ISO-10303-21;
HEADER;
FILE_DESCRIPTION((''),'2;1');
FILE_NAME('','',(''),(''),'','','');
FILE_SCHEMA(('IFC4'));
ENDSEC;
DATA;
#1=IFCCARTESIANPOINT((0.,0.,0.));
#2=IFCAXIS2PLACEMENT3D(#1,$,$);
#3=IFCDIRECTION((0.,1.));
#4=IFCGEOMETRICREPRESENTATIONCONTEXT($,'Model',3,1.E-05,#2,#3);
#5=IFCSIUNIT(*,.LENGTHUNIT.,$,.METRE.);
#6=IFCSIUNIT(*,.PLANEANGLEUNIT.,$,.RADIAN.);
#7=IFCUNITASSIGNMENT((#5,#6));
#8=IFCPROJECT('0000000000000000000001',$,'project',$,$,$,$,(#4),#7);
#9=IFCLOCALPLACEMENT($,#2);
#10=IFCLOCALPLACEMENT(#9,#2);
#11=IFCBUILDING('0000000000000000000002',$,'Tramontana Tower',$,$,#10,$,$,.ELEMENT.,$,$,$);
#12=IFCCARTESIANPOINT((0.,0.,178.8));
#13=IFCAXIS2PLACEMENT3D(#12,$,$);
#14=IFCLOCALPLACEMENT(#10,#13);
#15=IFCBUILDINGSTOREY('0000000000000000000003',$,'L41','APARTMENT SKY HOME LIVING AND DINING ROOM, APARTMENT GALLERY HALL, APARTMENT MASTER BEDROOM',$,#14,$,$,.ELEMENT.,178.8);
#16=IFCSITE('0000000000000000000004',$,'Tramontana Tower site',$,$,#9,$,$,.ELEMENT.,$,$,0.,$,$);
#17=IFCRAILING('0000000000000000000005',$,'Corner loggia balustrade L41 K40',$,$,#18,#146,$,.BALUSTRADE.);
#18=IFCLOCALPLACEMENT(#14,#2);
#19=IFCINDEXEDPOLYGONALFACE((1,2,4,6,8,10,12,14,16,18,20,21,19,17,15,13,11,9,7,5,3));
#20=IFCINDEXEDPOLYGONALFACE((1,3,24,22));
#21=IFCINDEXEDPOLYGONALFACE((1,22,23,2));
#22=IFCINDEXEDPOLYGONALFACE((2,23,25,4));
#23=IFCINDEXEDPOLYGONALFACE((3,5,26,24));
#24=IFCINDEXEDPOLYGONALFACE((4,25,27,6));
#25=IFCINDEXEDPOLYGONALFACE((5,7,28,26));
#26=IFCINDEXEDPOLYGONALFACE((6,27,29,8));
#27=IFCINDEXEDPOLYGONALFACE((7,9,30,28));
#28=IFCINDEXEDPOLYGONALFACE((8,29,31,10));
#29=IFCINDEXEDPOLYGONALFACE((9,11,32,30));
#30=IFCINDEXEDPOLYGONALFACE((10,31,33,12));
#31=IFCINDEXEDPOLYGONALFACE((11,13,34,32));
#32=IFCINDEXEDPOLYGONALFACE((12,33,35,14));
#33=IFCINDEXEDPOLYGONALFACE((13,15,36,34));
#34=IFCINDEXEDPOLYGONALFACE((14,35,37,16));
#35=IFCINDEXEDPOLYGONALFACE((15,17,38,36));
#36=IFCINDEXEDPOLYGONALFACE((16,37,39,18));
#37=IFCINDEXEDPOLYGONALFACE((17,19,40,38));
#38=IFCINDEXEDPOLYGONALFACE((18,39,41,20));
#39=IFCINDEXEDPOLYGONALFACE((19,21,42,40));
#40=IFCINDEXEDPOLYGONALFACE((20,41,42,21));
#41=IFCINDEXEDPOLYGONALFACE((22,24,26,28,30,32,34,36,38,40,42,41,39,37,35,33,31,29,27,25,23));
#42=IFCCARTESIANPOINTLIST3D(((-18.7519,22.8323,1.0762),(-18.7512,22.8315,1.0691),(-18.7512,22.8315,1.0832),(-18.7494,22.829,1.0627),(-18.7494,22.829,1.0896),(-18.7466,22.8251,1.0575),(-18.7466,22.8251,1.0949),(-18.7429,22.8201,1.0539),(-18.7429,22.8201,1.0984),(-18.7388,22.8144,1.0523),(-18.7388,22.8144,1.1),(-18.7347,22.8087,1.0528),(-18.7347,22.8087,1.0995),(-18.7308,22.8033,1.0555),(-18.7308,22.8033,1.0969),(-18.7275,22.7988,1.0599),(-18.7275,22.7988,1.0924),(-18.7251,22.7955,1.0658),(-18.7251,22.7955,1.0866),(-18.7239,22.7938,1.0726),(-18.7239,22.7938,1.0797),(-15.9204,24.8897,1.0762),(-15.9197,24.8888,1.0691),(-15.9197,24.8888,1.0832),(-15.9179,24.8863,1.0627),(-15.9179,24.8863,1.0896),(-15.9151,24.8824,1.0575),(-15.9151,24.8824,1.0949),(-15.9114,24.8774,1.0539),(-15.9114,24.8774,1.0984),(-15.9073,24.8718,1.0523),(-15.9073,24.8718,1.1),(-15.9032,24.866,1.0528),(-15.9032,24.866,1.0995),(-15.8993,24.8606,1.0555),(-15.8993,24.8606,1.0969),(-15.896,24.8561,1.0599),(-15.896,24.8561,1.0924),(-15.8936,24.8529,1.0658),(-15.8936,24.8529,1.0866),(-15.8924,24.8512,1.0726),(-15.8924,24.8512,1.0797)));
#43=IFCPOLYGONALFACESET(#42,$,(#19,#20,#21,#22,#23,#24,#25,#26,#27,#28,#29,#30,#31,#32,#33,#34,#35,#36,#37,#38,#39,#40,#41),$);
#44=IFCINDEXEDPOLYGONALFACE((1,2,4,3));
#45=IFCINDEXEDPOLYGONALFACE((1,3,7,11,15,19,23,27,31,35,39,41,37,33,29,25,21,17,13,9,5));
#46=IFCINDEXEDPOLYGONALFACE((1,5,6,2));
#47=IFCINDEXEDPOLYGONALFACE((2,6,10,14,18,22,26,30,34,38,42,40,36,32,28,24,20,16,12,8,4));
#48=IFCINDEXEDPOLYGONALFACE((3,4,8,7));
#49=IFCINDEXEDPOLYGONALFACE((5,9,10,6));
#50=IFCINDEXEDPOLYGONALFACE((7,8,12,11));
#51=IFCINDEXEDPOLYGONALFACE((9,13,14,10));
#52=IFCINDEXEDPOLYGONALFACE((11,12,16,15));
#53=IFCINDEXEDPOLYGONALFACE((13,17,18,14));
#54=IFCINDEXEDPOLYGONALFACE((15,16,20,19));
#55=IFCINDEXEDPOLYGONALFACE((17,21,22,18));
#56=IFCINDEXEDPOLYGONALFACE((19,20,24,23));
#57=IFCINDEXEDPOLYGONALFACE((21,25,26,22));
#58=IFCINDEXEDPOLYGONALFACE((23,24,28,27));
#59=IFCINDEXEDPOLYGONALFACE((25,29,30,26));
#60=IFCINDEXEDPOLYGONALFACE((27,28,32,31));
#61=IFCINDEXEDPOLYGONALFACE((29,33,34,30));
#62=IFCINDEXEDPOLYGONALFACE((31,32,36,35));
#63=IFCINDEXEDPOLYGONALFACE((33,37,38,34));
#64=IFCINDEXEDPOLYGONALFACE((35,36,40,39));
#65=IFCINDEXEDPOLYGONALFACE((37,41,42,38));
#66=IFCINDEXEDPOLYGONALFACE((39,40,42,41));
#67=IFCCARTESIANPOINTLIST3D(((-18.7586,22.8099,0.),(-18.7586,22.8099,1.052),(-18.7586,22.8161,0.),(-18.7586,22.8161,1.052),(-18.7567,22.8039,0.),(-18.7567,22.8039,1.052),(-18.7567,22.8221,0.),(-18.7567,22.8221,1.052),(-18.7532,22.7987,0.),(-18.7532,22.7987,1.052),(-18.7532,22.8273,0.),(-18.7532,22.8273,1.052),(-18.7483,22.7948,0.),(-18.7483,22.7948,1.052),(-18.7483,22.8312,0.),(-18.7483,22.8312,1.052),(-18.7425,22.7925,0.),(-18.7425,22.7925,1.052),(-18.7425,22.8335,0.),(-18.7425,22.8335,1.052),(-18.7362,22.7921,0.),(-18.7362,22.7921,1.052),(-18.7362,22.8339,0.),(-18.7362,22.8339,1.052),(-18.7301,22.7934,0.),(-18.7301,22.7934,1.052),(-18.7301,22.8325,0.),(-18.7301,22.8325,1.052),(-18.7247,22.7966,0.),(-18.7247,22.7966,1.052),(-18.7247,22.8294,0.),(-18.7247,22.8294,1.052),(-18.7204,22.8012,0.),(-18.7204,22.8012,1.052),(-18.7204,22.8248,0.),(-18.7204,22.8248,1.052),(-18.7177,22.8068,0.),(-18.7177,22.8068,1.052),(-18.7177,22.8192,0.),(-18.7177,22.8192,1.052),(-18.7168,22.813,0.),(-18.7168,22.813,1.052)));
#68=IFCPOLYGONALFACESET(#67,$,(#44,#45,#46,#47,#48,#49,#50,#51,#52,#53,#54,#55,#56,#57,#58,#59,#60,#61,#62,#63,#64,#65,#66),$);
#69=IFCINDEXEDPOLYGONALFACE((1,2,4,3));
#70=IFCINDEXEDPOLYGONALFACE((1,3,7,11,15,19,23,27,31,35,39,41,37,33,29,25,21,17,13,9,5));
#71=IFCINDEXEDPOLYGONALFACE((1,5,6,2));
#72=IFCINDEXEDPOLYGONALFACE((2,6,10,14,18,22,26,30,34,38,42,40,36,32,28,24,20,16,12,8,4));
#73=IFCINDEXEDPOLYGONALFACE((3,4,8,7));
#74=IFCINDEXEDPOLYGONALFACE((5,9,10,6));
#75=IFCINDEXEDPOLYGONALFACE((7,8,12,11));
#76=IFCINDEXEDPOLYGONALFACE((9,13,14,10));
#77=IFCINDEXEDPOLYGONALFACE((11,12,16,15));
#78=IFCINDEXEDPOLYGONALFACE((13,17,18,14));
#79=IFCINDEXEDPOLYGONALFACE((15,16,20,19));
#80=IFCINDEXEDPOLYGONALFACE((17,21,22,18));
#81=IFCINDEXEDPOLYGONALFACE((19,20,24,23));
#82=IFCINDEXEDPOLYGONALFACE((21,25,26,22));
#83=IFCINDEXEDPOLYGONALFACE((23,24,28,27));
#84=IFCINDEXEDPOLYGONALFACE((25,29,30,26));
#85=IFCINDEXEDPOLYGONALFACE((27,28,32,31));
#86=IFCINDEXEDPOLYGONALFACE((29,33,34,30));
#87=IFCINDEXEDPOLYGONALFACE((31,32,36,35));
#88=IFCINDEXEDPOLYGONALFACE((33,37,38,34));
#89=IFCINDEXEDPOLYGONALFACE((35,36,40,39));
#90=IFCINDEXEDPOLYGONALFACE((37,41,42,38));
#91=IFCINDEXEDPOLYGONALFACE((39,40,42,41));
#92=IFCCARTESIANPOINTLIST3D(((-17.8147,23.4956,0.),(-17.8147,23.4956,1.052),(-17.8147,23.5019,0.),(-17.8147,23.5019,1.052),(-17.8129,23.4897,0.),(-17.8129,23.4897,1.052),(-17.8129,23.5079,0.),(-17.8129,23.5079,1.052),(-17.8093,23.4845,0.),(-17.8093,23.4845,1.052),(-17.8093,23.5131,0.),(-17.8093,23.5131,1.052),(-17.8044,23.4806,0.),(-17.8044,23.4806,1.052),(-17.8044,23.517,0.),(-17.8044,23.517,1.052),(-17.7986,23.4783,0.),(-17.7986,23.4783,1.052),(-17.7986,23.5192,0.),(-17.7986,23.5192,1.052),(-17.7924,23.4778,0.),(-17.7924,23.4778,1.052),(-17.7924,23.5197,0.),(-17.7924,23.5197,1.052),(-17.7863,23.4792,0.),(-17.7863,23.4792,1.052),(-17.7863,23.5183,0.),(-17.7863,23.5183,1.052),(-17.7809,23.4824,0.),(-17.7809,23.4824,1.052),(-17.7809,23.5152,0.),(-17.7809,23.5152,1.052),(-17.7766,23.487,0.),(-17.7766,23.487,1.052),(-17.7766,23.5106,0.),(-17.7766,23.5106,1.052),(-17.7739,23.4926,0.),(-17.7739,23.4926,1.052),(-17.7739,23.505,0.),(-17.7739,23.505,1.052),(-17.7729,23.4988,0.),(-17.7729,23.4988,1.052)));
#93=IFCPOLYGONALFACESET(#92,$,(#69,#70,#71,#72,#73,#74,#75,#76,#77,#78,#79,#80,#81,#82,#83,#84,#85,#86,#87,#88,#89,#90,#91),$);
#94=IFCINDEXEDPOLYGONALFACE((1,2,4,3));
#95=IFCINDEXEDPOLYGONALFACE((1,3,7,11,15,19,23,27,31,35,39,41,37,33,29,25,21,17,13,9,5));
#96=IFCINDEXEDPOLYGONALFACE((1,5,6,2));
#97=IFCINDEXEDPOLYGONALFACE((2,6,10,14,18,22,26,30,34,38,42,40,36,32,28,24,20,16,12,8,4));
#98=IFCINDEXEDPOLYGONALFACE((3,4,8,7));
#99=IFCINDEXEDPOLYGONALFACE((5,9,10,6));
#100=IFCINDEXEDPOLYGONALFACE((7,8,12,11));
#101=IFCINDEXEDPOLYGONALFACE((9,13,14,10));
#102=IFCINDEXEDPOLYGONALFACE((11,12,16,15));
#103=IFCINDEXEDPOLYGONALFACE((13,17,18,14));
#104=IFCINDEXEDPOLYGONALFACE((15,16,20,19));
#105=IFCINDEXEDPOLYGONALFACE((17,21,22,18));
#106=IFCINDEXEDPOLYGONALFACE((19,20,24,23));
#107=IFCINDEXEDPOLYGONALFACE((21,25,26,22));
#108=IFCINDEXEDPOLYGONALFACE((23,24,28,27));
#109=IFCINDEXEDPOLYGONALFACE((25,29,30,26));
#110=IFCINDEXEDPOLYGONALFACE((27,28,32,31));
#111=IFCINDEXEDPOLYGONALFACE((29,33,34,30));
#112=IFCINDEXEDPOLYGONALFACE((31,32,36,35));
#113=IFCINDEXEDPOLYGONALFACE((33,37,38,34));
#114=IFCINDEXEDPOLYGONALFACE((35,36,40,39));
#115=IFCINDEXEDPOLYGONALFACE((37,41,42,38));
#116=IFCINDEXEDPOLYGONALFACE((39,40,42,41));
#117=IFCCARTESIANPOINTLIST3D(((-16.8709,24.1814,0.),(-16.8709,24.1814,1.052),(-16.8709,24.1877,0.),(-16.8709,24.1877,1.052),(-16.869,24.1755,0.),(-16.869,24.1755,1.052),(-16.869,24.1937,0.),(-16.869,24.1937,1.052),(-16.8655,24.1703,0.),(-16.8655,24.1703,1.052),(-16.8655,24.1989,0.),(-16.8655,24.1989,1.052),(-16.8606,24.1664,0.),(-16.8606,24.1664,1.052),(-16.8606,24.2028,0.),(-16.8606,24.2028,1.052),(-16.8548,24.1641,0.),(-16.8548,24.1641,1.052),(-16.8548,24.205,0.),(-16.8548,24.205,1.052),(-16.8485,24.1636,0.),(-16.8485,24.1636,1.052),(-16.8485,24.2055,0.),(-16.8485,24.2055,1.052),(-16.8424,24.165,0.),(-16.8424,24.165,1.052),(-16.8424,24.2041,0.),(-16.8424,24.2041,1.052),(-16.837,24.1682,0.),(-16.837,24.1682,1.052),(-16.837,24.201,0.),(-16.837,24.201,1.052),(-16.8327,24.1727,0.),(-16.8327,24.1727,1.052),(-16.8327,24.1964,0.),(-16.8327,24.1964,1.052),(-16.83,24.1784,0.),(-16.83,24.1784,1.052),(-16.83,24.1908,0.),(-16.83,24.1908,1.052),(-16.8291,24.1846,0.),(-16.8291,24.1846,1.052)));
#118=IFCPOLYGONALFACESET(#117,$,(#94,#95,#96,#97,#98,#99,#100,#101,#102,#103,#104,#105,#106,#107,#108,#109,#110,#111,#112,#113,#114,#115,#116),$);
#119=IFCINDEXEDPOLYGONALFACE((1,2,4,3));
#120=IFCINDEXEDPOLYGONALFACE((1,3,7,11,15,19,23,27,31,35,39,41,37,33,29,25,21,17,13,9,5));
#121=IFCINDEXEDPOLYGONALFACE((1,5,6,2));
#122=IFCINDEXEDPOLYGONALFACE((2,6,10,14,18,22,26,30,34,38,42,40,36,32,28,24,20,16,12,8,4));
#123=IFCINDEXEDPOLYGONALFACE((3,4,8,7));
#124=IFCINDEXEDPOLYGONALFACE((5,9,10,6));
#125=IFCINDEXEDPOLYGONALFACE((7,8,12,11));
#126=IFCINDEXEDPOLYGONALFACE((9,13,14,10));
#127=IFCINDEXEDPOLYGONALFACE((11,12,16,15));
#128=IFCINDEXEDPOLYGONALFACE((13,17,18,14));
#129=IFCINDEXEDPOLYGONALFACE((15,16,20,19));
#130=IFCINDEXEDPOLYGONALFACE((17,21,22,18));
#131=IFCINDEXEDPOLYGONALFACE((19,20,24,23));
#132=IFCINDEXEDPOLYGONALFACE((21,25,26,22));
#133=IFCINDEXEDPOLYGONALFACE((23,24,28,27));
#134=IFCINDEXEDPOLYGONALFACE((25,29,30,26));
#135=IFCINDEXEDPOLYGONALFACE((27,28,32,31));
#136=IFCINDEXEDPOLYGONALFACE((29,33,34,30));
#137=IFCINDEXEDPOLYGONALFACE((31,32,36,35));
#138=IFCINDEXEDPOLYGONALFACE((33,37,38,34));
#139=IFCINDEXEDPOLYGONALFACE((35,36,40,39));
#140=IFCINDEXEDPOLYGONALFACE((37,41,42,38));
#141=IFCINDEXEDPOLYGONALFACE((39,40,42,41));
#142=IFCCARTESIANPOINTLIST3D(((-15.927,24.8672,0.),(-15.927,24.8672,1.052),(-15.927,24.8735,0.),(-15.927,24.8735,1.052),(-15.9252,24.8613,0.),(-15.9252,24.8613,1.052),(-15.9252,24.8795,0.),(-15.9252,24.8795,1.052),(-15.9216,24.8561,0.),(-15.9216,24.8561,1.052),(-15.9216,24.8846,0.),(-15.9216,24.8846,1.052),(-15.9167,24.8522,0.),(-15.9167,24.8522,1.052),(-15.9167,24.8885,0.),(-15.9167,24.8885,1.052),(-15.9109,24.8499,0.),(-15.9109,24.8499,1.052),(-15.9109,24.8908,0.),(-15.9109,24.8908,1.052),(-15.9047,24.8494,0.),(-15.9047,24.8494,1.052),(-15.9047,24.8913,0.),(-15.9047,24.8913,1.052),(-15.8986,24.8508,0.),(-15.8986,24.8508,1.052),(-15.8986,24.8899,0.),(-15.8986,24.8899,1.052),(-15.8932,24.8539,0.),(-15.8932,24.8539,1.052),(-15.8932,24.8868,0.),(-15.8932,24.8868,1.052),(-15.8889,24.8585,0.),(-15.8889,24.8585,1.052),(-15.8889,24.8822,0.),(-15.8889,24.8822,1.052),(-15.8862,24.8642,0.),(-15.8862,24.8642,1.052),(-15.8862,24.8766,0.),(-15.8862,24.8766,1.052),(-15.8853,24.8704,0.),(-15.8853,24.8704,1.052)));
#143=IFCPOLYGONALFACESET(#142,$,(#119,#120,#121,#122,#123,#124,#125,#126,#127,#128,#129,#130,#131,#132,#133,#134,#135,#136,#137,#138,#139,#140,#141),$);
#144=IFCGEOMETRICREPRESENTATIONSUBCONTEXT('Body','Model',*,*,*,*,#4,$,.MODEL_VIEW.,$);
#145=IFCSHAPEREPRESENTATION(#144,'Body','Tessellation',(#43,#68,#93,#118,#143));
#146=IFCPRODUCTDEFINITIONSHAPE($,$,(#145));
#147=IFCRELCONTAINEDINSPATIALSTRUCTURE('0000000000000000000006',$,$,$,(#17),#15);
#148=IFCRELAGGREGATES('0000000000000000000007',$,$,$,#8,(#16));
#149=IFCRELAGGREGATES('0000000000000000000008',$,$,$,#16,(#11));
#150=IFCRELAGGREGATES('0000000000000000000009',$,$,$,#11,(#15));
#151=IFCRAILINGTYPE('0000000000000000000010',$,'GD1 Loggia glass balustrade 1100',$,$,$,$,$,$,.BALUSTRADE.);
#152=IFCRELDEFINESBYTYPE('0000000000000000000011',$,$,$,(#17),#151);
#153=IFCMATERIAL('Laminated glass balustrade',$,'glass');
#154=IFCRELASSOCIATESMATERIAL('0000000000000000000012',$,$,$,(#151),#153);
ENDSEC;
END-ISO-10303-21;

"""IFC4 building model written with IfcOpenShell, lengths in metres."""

from ifc_helpers import new_model, si_unit, direction, frame, origin, origin_2d, place, context, subcontext, project, spatial, circle, extrude, material, type_object, element, save


model = new_model("IFC4")

# Units and contexts
model_context = context("Model", 3, precision=1e-05, world=origin(), true_north=direction((0.0, 1.0)))
body_context = subcontext(model_context, "Body", "Model", "MODEL_VIEW")
ifc_project = project(units=[si_unit("LENGTHUNIT", "METRE"), si_unit("PLANEANGLEUNIT", "RADIAN")], contexts=[model_context])

# Site, building, storey
site_placement = place(None, origin())
site = spatial("IfcSite", under=ifc_project, at=site_placement, Name="Tramontana Tower site", CompositionType="ELEMENT", RefElevation=0.0)
building_placement = place(site_placement, origin())
building = spatial("IfcBuilding", under=site, at=building_placement, Name="Tramontana Tower", CompositionType="ELEMENT")
storey_placement = place(building_placement, frame((0.0, 0.0, 178.8)))
storey = spatial("IfcBuildingStorey", under=building, at=storey_placement, Name="L41", Description="APARTMENT SKY HOME LIVING AND DINING ROOM, APARTMENT GALLERY HALL, APARTMENT MASTER BEDROOM", CompositionType="ELEMENT", Elevation=178.8)

# Railing
ifc_material_1 = material(Name="Laminated glass balustrade", Category="glass")
railing_type = type_object("IfcRailingType", Name="GD1 Loggia glass balustrade 1100", PredefinedType="BALUSTRADE", material=ifc_material_1)
railing_1_placement = place(storey_placement, frame((-18.7378, 22.813, 0.0)))
element("IfcRailing", 1, at=railing_1_placement, inside=storey, type_object=railing_type, Name="Corner loggia balustrade L41 K40", PredefinedType="BALUSTRADE", context=body_context, shape_type="SweptSolid", body=[
    extrude(circle(Radius=0.0239, at=origin_2d()), frame((0.0, 0.0, 1.0762), z_axis=(0.808998, 0.587811, 0.0), x_axis=(-0.587811, 0.808998, 0.0)), (0.0, 0.0, 1.0), 3.5),
    extrude(circle(Radius=0.021, at=origin_2d()), origin(), (0.0, 0.0, 1.0), 1.052),
    extrude(circle(Radius=0.021, at=origin_2d()), frame((0.9438, 0.6858, 0.0)), (0.0, 0.0, 1.0), 1.052),
    extrude(circle(Radius=0.021, at=origin_2d()), frame((1.8877, 1.3716, 0.0)), (0.0, 0.0, 1.0), 1.052),
    extrude(circle(Radius=0.021, at=origin_2d()), frame((2.8315, 2.0574, 0.0)), (0.0, 0.0, 1.0), 1.052),
])

save(model, "model.ifc")
